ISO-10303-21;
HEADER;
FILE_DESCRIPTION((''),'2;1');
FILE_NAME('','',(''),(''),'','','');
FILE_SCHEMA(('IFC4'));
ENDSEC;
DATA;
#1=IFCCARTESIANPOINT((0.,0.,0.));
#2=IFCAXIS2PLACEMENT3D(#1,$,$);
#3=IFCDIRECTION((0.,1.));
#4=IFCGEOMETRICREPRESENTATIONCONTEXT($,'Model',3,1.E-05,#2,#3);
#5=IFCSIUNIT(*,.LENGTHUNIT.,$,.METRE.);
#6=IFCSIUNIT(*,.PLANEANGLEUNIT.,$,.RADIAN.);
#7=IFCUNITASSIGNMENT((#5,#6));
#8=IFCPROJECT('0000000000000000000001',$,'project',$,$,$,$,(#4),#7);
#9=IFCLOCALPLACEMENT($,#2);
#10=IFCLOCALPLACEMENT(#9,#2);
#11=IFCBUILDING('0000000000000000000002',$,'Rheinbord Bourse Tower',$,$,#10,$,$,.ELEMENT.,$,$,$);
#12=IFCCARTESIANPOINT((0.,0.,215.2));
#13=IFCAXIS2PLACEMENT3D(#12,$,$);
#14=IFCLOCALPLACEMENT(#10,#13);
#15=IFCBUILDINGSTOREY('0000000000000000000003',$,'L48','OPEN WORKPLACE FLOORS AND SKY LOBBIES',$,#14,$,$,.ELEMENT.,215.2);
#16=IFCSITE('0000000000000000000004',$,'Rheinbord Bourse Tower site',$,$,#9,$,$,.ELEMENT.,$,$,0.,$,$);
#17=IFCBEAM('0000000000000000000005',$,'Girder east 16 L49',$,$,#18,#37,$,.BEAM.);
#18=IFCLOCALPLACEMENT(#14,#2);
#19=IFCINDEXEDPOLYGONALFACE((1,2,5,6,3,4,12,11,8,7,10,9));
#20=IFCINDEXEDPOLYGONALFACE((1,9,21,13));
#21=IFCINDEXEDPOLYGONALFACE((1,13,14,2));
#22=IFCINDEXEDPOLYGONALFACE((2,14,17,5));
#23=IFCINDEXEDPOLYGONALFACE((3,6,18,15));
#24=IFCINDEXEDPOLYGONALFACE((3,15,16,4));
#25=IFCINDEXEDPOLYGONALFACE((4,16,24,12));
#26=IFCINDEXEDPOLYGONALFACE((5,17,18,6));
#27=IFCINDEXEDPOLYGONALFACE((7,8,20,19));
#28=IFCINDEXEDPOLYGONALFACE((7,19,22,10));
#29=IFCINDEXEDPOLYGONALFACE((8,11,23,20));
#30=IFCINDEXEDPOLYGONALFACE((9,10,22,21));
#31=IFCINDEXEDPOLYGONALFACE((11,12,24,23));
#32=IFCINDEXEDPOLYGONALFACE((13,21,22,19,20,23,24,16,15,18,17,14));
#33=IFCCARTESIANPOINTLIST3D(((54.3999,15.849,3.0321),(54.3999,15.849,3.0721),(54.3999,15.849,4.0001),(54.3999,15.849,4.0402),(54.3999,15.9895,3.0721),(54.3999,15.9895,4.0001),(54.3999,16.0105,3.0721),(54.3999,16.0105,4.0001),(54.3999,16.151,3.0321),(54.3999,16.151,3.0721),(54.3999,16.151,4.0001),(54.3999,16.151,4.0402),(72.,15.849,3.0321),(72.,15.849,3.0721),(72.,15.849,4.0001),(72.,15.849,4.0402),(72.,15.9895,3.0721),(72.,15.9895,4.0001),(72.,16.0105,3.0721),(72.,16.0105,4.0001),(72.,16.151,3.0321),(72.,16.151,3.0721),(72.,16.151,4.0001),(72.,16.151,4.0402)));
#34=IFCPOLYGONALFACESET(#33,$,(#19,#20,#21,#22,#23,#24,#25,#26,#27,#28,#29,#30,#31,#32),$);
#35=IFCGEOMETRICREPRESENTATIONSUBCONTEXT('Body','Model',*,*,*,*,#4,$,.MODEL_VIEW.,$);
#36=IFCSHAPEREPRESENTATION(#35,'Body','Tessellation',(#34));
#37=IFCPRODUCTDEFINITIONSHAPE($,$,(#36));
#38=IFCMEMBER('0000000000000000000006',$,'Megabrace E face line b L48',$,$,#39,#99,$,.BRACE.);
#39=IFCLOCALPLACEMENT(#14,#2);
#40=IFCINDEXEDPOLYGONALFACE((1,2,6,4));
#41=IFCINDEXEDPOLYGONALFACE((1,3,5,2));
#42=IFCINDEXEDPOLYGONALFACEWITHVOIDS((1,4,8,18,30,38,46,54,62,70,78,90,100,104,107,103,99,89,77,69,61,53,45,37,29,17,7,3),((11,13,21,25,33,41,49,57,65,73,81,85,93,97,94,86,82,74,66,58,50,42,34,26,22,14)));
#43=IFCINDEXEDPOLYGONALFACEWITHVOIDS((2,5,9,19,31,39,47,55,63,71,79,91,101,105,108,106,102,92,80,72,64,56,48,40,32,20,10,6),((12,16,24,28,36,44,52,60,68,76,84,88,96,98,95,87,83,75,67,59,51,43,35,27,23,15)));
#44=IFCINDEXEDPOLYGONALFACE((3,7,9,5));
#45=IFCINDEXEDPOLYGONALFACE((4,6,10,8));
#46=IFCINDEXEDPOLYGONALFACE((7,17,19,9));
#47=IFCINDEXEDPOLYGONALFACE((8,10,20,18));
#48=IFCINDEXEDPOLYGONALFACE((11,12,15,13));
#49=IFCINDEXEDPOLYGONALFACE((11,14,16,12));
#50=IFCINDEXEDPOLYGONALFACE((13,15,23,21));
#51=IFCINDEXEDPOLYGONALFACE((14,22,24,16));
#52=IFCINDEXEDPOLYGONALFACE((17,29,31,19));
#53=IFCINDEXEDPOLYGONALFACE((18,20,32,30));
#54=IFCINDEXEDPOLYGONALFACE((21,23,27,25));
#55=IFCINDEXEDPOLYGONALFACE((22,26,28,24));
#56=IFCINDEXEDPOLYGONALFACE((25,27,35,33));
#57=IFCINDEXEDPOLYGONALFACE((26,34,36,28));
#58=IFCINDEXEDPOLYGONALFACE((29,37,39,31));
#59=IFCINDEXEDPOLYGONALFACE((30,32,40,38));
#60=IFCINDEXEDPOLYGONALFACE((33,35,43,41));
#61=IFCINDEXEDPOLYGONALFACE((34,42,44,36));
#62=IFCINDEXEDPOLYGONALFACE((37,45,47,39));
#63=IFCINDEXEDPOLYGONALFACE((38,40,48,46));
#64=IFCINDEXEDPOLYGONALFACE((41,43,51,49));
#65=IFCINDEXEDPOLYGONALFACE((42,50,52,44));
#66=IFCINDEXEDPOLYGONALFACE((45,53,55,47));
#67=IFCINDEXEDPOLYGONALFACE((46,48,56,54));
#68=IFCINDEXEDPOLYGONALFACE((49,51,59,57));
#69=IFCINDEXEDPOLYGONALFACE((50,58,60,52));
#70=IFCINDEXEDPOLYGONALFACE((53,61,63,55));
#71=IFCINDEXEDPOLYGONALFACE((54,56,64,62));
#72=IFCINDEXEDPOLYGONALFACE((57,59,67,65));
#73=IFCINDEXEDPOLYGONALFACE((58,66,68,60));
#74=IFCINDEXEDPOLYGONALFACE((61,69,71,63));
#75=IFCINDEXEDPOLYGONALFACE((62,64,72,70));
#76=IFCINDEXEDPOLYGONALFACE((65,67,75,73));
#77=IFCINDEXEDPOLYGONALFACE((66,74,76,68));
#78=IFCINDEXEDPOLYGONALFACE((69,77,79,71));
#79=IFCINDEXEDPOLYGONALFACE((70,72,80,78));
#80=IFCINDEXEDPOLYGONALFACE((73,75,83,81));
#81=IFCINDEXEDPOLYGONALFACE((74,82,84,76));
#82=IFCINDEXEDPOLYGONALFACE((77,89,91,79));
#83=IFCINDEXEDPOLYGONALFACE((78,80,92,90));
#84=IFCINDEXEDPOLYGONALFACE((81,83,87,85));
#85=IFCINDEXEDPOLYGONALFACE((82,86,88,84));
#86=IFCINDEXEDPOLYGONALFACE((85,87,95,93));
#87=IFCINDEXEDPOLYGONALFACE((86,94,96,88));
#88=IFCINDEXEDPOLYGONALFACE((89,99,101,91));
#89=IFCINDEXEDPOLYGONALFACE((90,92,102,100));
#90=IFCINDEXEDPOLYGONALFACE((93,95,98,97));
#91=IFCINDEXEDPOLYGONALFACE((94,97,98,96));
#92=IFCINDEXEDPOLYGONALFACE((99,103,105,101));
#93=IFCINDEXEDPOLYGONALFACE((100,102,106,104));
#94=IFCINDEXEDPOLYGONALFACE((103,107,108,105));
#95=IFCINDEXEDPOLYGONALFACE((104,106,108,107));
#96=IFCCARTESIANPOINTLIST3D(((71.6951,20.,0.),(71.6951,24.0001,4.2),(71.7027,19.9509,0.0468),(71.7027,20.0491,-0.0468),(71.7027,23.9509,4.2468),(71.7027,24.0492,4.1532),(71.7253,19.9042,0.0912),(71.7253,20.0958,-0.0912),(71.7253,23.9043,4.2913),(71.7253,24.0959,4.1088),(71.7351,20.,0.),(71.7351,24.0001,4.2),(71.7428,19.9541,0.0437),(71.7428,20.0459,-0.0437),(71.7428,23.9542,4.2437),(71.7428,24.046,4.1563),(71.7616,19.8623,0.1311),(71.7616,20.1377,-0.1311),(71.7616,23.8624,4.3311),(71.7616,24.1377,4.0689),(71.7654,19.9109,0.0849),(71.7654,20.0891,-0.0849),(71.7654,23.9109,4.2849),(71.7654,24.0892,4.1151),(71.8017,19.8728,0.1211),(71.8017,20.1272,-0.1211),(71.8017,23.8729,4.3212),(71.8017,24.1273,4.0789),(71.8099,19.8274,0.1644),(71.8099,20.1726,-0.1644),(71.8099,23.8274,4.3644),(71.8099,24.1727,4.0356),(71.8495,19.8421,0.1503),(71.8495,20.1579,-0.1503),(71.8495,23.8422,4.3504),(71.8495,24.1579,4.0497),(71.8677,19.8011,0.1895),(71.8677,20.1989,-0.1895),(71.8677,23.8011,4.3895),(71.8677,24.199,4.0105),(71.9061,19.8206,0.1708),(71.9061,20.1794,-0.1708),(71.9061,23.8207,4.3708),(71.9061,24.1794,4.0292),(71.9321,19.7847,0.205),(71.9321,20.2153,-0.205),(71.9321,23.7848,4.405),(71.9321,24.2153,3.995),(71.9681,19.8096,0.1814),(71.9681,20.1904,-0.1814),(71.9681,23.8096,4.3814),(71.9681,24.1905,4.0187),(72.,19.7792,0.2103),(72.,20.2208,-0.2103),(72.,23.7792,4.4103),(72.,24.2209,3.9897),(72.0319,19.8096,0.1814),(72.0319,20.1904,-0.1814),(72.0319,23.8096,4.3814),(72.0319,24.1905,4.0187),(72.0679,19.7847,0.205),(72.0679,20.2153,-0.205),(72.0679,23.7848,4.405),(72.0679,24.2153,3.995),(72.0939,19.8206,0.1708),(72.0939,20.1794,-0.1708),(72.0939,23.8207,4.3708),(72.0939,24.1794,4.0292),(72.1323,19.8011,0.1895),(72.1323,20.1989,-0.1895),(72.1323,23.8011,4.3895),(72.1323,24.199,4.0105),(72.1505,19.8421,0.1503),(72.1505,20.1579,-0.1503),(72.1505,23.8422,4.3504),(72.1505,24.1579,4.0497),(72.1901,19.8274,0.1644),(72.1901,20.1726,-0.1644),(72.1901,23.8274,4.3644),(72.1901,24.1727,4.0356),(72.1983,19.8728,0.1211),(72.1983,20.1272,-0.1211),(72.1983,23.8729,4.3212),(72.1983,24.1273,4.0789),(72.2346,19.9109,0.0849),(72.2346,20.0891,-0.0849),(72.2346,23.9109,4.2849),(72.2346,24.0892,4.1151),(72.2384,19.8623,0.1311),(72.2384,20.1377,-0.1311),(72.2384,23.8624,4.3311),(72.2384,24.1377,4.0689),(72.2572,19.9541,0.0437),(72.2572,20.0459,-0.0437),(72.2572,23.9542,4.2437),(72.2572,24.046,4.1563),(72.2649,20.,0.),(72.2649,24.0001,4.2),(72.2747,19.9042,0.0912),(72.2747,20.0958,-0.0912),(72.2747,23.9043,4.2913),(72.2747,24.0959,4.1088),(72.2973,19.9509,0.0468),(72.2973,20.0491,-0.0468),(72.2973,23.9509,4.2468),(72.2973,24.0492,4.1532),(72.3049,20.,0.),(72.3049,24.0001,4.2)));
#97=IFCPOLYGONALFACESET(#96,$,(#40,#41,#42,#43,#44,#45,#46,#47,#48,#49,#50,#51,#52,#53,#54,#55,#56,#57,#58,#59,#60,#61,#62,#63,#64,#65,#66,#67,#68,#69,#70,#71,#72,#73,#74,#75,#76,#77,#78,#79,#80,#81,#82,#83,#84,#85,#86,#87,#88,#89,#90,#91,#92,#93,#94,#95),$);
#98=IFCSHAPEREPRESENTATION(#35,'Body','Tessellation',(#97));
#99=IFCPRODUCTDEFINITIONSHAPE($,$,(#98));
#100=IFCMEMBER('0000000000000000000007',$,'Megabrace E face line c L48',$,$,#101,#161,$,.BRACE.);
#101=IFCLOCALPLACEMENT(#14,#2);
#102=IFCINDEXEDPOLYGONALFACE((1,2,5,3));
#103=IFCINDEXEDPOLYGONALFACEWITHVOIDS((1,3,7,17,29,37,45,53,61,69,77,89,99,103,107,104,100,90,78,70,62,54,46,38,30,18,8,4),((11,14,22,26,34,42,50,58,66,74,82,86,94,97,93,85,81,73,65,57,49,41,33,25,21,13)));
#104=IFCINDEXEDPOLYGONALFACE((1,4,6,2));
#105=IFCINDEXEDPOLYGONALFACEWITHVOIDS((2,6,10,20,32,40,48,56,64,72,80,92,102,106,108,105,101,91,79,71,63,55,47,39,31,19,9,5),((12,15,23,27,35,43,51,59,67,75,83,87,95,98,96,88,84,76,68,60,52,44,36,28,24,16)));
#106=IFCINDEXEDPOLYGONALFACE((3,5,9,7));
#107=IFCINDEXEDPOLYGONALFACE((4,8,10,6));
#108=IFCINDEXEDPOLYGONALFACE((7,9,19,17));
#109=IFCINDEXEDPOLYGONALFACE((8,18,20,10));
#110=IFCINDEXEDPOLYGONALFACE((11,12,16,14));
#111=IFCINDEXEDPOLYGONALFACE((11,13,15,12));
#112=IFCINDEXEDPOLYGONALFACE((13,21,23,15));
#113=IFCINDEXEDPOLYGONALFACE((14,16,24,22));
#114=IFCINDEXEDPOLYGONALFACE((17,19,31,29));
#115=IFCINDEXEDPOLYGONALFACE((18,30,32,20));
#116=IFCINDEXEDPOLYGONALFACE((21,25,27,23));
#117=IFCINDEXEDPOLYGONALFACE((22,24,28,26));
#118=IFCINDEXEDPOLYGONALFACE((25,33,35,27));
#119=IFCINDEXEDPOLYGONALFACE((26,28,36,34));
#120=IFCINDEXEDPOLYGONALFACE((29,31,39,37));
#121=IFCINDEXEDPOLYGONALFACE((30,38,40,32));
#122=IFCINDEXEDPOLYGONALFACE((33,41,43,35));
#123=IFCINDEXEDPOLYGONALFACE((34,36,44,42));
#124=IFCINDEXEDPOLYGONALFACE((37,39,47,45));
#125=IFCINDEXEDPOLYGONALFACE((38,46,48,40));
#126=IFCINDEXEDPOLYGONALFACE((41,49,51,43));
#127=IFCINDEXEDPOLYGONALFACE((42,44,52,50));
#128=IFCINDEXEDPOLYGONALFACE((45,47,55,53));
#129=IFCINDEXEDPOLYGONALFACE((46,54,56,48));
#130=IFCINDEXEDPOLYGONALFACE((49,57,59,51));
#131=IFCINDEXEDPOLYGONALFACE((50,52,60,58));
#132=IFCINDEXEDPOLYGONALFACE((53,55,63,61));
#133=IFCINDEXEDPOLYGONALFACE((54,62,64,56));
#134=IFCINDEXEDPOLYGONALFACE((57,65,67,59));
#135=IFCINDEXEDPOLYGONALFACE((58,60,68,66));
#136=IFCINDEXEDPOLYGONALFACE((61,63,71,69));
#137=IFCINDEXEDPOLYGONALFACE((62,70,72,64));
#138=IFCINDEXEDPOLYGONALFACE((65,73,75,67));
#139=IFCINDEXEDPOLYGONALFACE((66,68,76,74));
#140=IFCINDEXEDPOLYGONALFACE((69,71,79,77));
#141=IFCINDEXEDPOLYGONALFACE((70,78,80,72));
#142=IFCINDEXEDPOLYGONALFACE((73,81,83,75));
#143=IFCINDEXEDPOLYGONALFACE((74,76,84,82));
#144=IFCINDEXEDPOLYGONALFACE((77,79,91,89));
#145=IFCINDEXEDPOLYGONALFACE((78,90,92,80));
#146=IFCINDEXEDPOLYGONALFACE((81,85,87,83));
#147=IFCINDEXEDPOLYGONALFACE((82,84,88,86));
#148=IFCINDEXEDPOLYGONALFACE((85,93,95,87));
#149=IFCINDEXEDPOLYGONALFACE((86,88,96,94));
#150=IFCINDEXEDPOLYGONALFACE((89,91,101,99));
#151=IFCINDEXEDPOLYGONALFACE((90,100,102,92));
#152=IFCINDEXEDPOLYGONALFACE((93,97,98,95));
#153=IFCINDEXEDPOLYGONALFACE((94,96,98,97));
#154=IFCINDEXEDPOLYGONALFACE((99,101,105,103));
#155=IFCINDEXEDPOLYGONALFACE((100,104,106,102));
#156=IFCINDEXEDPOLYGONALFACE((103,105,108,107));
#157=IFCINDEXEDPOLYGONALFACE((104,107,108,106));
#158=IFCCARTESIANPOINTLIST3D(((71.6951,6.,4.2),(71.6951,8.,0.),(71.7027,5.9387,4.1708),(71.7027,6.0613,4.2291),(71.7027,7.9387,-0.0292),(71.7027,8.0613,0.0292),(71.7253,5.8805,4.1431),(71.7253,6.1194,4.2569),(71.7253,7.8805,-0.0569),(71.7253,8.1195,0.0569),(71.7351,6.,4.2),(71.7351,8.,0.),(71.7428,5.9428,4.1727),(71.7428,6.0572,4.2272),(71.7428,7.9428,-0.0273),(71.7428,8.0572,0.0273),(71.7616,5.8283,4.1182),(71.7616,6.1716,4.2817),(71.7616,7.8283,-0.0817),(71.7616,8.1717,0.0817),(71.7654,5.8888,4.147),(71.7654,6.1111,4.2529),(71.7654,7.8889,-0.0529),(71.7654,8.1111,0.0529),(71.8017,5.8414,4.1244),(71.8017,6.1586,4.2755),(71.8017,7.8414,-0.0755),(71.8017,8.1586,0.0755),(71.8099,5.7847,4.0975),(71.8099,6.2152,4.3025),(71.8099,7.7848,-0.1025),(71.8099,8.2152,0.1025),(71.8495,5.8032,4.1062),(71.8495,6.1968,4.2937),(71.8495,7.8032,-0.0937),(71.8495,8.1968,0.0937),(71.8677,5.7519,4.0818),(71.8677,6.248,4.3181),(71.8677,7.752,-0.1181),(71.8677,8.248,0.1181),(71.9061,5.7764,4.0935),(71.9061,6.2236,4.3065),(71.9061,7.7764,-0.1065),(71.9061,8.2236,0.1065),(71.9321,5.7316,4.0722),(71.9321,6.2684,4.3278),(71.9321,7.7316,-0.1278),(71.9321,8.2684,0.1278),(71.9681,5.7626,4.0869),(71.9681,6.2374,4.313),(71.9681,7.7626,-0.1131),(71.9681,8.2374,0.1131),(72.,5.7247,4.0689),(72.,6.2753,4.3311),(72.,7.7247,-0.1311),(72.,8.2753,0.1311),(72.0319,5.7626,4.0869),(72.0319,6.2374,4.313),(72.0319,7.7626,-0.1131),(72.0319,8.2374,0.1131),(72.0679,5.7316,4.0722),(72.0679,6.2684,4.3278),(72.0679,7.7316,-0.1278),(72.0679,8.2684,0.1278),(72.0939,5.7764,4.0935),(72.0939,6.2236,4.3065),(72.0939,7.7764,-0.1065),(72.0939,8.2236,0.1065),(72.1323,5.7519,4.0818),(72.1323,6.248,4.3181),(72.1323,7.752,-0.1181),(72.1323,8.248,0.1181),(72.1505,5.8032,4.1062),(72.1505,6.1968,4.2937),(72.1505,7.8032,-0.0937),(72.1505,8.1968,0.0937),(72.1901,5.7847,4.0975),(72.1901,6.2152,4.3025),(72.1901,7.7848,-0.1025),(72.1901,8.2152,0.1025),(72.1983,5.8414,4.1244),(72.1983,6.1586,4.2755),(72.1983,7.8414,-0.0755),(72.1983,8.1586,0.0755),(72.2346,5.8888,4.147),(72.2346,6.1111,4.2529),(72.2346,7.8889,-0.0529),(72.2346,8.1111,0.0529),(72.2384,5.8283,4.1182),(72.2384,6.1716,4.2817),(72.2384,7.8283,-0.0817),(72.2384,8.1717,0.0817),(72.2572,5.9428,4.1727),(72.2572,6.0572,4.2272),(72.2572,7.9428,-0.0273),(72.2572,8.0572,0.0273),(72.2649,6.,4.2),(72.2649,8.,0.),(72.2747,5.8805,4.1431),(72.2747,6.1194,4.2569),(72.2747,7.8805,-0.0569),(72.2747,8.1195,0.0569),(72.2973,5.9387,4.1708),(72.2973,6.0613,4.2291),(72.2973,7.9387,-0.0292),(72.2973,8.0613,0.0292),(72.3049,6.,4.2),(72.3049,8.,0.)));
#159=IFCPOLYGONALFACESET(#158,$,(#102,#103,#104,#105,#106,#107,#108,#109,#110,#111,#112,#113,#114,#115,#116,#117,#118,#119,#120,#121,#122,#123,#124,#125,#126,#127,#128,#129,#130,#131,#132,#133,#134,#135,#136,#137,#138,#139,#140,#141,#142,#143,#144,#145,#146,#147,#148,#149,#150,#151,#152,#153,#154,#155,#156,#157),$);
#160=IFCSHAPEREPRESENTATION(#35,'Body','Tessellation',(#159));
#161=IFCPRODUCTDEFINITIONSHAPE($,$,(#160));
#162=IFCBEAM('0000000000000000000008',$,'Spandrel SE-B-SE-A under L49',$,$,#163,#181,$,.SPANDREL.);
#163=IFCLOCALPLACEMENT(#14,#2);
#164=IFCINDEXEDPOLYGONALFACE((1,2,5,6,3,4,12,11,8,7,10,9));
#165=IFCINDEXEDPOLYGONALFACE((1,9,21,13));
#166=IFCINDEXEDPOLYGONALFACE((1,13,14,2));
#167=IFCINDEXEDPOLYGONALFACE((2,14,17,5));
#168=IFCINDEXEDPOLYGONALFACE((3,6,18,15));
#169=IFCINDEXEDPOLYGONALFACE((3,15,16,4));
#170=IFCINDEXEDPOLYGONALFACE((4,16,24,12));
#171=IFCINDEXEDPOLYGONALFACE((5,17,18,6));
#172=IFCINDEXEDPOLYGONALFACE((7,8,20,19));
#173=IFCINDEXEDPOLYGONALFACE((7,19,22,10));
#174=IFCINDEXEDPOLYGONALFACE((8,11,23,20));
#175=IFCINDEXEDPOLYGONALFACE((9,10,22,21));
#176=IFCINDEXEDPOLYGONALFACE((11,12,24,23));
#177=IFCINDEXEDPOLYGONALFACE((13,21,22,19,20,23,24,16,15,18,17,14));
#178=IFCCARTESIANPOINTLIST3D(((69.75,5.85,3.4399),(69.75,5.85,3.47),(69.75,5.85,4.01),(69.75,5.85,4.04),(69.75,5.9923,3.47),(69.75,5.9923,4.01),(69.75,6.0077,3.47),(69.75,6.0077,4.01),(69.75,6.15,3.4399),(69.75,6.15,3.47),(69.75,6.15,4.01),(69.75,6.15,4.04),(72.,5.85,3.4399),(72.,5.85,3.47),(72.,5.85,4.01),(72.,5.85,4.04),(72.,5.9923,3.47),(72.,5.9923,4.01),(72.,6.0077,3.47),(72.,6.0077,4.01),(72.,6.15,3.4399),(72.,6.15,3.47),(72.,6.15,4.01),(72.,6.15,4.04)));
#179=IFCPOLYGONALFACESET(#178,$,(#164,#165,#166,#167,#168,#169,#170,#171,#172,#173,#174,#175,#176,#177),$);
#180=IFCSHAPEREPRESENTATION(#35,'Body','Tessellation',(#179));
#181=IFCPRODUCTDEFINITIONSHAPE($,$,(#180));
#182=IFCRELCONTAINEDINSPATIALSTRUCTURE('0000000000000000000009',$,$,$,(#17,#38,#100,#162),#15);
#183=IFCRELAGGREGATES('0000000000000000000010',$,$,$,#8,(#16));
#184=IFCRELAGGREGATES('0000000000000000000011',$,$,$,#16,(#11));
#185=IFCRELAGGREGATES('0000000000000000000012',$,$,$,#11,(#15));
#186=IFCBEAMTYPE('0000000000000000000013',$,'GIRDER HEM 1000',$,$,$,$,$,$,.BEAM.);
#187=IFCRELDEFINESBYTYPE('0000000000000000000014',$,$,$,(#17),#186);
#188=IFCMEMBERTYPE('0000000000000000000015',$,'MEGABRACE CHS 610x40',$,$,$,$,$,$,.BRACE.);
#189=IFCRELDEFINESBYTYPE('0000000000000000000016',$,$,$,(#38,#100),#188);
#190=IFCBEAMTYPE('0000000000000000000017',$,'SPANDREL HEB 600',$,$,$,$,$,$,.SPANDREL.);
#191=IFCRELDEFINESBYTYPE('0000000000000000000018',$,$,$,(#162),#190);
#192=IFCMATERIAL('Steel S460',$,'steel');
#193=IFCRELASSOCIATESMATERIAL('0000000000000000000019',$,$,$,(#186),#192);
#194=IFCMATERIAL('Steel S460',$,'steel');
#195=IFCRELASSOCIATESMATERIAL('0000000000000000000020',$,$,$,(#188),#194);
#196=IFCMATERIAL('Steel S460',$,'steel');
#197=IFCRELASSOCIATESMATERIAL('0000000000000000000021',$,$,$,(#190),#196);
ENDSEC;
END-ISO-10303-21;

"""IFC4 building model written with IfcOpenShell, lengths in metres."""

from ifc_helpers import new_model, si_unit, direction, frame, origin, origin_2d, place, context, subcontext, project, spatial, hollow_circle, i_section, extrude, material, material_profile, profile_set, type_object, element, save


model = new_model("IFC4")

# Units and contexts
model_context = context("Model", 3, precision=1e-05, world=origin(), true_north=direction((0.0, 1.0)))
body_context = subcontext(model_context, "Body", "Model", "MODEL_VIEW")
ifc_project = project(units=[si_unit("LENGTHUNIT", "METRE"), si_unit("PLANEANGLEUNIT", "RADIAN")], contexts=[model_context])

# Site, building, storey
site_placement = place(None, origin())
site = spatial("IfcSite", under=ifc_project, at=site_placement, Name="Rheinbord Bourse Tower site", CompositionType="ELEMENT", RefElevation=0.0)
building_placement = place(site_placement, origin())
building = spatial("IfcBuilding", under=site, at=building_placement, Name="Rheinbord Bourse Tower", CompositionType="ELEMENT")
storey_placement = place(building_placement, frame((0.0, 0.0, 215.2)))
storey = spatial("IfcBuildingStorey", under=building, at=storey_placement, Name="L48", Description="OPEN WORKPLACE FLOORS AND SKY LOBBIES", CompositionType="ELEMENT", Elevation=215.2)

# Beam
ifc_material_1 = material(Name="Steel S460", Category="steel")
ifc_material_profile_1 = material_profile(ifc_material_1, i_section(OverallWidth=0.302, OverallDepth=1.0081, WebThickness=0.021, FlangeThickness=0.04, at=origin_2d()), Name="HEM 1000")
ifc_profile_set_1 = profile_set([ifc_material_profile_1], Name="Steel S460")
beam_type_1 = type_object("IfcBeamType", Name="GIRDER HEM 1000", PredefinedType="BEAM", material=ifc_profile_set_1)
beam_1_placement = place(storey_placement, frame((54.3999, 16.0, 3.5361), z_axis=(1.0, 0.0, 0.0), x_axis=(0.0, 1.0, 0.0)))
element("IfcBeam", 1, at=beam_1_placement, inside=storey, type_object=beam_type_1, Name="Girder east 16 L49", PredefinedType="BEAM", context=body_context, shape_type="SweptSolid", body=[
    extrude(i_section(OverallWidth=0.302, OverallDepth=1.0081, WebThickness=0.021, FlangeThickness=0.04, at=origin_2d()), origin(), (0.0, 0.0, 1.0), 17.6001),
])

# Members
ifc_material_2 = material(Name="Steel S460", Category="steel")
ifc_material_profile_2 = material_profile(ifc_material_2, hollow_circle(Radius=0.3049, WallThickness=0.04, at=origin_2d()), Name="CHS 610x40")
ifc_profile_set_2 = profile_set([ifc_material_profile_2], Name="Steel S460")
member_type_1 = type_object("IfcMemberType", Name="MEGABRACE CHS 610x40", PredefinedType="BRACE", material=ifc_profile_set_2)
member_1_placement = place(storey_placement, frame((72.0, 20.0, 0.0), z_axis=(0.0, 0.689659, 0.724134), x_axis=(-1.0, 0.0, 0.0)))
element("IfcMember", 2, at=member_1_placement, inside=storey, type_object=member_type_1, Name="Megabrace E face line b L48", PredefinedType="BRACE", context=body_context, shape_type="SweptSolid", body=[
    extrude(hollow_circle(Radius=0.3049, WallThickness=0.04, at=origin_2d()), origin(), (0.0, 0.0, 1.0), 5.8),
])
member_2_placement = place(storey_placement, frame((72.0, 8.0, 0.0), z_axis=(0.0, -0.429938, 0.902859), x_axis=(1.0, 0.0, 0.0)))
element("IfcMember", 3, at=member_2_placement, inside=storey, type_object=member_type_1, Name="Megabrace E face line c L48", PredefinedType="BRACE", context=body_context, shape_type="SweptSolid", body=[
    extrude(hollow_circle(Radius=0.3049, WallThickness=0.04, at=origin_2d()), origin(), (0.0, 0.0, 1.0), 4.6519),
])

# Beam
ifc_material_3 = material(Name="Steel S460", Category="steel")
ifc_material_profile_3 = material_profile(ifc_material_3, i_section(OverallWidth=0.3, OverallDepth=0.6001, WebThickness=0.0154, FlangeThickness=0.03, at=origin_2d()), Name="HEB 600")
ifc_profile_set_3 = profile_set([ifc_material_profile_3], Name="Steel S460")
beam_type_2 = type_object("IfcBeamType", Name="SPANDREL HEB 600", PredefinedType="SPANDREL", material=ifc_profile_set_3)
beam_2_placement = place(storey_placement, frame((69.75, 6.0, 3.74), z_axis=(1.0, 0.0, 0.0), x_axis=(0.0, 1.0, 0.0)))
element("IfcBeam", 4, at=beam_2_placement, inside=storey, type_object=beam_type_2, Name="Spandrel SE-B-SE-A under L49", PredefinedType="SPANDREL", context=body_context, shape_type="SweptSolid", body=[
    extrude(i_section(OverallWidth=0.3, OverallDepth=0.6001, WebThickness=0.0154, FlangeThickness=0.03, at=origin_2d()), origin(), (0.0, 0.0, 1.0), 2.25),
])

save(model, "model.ifc")
